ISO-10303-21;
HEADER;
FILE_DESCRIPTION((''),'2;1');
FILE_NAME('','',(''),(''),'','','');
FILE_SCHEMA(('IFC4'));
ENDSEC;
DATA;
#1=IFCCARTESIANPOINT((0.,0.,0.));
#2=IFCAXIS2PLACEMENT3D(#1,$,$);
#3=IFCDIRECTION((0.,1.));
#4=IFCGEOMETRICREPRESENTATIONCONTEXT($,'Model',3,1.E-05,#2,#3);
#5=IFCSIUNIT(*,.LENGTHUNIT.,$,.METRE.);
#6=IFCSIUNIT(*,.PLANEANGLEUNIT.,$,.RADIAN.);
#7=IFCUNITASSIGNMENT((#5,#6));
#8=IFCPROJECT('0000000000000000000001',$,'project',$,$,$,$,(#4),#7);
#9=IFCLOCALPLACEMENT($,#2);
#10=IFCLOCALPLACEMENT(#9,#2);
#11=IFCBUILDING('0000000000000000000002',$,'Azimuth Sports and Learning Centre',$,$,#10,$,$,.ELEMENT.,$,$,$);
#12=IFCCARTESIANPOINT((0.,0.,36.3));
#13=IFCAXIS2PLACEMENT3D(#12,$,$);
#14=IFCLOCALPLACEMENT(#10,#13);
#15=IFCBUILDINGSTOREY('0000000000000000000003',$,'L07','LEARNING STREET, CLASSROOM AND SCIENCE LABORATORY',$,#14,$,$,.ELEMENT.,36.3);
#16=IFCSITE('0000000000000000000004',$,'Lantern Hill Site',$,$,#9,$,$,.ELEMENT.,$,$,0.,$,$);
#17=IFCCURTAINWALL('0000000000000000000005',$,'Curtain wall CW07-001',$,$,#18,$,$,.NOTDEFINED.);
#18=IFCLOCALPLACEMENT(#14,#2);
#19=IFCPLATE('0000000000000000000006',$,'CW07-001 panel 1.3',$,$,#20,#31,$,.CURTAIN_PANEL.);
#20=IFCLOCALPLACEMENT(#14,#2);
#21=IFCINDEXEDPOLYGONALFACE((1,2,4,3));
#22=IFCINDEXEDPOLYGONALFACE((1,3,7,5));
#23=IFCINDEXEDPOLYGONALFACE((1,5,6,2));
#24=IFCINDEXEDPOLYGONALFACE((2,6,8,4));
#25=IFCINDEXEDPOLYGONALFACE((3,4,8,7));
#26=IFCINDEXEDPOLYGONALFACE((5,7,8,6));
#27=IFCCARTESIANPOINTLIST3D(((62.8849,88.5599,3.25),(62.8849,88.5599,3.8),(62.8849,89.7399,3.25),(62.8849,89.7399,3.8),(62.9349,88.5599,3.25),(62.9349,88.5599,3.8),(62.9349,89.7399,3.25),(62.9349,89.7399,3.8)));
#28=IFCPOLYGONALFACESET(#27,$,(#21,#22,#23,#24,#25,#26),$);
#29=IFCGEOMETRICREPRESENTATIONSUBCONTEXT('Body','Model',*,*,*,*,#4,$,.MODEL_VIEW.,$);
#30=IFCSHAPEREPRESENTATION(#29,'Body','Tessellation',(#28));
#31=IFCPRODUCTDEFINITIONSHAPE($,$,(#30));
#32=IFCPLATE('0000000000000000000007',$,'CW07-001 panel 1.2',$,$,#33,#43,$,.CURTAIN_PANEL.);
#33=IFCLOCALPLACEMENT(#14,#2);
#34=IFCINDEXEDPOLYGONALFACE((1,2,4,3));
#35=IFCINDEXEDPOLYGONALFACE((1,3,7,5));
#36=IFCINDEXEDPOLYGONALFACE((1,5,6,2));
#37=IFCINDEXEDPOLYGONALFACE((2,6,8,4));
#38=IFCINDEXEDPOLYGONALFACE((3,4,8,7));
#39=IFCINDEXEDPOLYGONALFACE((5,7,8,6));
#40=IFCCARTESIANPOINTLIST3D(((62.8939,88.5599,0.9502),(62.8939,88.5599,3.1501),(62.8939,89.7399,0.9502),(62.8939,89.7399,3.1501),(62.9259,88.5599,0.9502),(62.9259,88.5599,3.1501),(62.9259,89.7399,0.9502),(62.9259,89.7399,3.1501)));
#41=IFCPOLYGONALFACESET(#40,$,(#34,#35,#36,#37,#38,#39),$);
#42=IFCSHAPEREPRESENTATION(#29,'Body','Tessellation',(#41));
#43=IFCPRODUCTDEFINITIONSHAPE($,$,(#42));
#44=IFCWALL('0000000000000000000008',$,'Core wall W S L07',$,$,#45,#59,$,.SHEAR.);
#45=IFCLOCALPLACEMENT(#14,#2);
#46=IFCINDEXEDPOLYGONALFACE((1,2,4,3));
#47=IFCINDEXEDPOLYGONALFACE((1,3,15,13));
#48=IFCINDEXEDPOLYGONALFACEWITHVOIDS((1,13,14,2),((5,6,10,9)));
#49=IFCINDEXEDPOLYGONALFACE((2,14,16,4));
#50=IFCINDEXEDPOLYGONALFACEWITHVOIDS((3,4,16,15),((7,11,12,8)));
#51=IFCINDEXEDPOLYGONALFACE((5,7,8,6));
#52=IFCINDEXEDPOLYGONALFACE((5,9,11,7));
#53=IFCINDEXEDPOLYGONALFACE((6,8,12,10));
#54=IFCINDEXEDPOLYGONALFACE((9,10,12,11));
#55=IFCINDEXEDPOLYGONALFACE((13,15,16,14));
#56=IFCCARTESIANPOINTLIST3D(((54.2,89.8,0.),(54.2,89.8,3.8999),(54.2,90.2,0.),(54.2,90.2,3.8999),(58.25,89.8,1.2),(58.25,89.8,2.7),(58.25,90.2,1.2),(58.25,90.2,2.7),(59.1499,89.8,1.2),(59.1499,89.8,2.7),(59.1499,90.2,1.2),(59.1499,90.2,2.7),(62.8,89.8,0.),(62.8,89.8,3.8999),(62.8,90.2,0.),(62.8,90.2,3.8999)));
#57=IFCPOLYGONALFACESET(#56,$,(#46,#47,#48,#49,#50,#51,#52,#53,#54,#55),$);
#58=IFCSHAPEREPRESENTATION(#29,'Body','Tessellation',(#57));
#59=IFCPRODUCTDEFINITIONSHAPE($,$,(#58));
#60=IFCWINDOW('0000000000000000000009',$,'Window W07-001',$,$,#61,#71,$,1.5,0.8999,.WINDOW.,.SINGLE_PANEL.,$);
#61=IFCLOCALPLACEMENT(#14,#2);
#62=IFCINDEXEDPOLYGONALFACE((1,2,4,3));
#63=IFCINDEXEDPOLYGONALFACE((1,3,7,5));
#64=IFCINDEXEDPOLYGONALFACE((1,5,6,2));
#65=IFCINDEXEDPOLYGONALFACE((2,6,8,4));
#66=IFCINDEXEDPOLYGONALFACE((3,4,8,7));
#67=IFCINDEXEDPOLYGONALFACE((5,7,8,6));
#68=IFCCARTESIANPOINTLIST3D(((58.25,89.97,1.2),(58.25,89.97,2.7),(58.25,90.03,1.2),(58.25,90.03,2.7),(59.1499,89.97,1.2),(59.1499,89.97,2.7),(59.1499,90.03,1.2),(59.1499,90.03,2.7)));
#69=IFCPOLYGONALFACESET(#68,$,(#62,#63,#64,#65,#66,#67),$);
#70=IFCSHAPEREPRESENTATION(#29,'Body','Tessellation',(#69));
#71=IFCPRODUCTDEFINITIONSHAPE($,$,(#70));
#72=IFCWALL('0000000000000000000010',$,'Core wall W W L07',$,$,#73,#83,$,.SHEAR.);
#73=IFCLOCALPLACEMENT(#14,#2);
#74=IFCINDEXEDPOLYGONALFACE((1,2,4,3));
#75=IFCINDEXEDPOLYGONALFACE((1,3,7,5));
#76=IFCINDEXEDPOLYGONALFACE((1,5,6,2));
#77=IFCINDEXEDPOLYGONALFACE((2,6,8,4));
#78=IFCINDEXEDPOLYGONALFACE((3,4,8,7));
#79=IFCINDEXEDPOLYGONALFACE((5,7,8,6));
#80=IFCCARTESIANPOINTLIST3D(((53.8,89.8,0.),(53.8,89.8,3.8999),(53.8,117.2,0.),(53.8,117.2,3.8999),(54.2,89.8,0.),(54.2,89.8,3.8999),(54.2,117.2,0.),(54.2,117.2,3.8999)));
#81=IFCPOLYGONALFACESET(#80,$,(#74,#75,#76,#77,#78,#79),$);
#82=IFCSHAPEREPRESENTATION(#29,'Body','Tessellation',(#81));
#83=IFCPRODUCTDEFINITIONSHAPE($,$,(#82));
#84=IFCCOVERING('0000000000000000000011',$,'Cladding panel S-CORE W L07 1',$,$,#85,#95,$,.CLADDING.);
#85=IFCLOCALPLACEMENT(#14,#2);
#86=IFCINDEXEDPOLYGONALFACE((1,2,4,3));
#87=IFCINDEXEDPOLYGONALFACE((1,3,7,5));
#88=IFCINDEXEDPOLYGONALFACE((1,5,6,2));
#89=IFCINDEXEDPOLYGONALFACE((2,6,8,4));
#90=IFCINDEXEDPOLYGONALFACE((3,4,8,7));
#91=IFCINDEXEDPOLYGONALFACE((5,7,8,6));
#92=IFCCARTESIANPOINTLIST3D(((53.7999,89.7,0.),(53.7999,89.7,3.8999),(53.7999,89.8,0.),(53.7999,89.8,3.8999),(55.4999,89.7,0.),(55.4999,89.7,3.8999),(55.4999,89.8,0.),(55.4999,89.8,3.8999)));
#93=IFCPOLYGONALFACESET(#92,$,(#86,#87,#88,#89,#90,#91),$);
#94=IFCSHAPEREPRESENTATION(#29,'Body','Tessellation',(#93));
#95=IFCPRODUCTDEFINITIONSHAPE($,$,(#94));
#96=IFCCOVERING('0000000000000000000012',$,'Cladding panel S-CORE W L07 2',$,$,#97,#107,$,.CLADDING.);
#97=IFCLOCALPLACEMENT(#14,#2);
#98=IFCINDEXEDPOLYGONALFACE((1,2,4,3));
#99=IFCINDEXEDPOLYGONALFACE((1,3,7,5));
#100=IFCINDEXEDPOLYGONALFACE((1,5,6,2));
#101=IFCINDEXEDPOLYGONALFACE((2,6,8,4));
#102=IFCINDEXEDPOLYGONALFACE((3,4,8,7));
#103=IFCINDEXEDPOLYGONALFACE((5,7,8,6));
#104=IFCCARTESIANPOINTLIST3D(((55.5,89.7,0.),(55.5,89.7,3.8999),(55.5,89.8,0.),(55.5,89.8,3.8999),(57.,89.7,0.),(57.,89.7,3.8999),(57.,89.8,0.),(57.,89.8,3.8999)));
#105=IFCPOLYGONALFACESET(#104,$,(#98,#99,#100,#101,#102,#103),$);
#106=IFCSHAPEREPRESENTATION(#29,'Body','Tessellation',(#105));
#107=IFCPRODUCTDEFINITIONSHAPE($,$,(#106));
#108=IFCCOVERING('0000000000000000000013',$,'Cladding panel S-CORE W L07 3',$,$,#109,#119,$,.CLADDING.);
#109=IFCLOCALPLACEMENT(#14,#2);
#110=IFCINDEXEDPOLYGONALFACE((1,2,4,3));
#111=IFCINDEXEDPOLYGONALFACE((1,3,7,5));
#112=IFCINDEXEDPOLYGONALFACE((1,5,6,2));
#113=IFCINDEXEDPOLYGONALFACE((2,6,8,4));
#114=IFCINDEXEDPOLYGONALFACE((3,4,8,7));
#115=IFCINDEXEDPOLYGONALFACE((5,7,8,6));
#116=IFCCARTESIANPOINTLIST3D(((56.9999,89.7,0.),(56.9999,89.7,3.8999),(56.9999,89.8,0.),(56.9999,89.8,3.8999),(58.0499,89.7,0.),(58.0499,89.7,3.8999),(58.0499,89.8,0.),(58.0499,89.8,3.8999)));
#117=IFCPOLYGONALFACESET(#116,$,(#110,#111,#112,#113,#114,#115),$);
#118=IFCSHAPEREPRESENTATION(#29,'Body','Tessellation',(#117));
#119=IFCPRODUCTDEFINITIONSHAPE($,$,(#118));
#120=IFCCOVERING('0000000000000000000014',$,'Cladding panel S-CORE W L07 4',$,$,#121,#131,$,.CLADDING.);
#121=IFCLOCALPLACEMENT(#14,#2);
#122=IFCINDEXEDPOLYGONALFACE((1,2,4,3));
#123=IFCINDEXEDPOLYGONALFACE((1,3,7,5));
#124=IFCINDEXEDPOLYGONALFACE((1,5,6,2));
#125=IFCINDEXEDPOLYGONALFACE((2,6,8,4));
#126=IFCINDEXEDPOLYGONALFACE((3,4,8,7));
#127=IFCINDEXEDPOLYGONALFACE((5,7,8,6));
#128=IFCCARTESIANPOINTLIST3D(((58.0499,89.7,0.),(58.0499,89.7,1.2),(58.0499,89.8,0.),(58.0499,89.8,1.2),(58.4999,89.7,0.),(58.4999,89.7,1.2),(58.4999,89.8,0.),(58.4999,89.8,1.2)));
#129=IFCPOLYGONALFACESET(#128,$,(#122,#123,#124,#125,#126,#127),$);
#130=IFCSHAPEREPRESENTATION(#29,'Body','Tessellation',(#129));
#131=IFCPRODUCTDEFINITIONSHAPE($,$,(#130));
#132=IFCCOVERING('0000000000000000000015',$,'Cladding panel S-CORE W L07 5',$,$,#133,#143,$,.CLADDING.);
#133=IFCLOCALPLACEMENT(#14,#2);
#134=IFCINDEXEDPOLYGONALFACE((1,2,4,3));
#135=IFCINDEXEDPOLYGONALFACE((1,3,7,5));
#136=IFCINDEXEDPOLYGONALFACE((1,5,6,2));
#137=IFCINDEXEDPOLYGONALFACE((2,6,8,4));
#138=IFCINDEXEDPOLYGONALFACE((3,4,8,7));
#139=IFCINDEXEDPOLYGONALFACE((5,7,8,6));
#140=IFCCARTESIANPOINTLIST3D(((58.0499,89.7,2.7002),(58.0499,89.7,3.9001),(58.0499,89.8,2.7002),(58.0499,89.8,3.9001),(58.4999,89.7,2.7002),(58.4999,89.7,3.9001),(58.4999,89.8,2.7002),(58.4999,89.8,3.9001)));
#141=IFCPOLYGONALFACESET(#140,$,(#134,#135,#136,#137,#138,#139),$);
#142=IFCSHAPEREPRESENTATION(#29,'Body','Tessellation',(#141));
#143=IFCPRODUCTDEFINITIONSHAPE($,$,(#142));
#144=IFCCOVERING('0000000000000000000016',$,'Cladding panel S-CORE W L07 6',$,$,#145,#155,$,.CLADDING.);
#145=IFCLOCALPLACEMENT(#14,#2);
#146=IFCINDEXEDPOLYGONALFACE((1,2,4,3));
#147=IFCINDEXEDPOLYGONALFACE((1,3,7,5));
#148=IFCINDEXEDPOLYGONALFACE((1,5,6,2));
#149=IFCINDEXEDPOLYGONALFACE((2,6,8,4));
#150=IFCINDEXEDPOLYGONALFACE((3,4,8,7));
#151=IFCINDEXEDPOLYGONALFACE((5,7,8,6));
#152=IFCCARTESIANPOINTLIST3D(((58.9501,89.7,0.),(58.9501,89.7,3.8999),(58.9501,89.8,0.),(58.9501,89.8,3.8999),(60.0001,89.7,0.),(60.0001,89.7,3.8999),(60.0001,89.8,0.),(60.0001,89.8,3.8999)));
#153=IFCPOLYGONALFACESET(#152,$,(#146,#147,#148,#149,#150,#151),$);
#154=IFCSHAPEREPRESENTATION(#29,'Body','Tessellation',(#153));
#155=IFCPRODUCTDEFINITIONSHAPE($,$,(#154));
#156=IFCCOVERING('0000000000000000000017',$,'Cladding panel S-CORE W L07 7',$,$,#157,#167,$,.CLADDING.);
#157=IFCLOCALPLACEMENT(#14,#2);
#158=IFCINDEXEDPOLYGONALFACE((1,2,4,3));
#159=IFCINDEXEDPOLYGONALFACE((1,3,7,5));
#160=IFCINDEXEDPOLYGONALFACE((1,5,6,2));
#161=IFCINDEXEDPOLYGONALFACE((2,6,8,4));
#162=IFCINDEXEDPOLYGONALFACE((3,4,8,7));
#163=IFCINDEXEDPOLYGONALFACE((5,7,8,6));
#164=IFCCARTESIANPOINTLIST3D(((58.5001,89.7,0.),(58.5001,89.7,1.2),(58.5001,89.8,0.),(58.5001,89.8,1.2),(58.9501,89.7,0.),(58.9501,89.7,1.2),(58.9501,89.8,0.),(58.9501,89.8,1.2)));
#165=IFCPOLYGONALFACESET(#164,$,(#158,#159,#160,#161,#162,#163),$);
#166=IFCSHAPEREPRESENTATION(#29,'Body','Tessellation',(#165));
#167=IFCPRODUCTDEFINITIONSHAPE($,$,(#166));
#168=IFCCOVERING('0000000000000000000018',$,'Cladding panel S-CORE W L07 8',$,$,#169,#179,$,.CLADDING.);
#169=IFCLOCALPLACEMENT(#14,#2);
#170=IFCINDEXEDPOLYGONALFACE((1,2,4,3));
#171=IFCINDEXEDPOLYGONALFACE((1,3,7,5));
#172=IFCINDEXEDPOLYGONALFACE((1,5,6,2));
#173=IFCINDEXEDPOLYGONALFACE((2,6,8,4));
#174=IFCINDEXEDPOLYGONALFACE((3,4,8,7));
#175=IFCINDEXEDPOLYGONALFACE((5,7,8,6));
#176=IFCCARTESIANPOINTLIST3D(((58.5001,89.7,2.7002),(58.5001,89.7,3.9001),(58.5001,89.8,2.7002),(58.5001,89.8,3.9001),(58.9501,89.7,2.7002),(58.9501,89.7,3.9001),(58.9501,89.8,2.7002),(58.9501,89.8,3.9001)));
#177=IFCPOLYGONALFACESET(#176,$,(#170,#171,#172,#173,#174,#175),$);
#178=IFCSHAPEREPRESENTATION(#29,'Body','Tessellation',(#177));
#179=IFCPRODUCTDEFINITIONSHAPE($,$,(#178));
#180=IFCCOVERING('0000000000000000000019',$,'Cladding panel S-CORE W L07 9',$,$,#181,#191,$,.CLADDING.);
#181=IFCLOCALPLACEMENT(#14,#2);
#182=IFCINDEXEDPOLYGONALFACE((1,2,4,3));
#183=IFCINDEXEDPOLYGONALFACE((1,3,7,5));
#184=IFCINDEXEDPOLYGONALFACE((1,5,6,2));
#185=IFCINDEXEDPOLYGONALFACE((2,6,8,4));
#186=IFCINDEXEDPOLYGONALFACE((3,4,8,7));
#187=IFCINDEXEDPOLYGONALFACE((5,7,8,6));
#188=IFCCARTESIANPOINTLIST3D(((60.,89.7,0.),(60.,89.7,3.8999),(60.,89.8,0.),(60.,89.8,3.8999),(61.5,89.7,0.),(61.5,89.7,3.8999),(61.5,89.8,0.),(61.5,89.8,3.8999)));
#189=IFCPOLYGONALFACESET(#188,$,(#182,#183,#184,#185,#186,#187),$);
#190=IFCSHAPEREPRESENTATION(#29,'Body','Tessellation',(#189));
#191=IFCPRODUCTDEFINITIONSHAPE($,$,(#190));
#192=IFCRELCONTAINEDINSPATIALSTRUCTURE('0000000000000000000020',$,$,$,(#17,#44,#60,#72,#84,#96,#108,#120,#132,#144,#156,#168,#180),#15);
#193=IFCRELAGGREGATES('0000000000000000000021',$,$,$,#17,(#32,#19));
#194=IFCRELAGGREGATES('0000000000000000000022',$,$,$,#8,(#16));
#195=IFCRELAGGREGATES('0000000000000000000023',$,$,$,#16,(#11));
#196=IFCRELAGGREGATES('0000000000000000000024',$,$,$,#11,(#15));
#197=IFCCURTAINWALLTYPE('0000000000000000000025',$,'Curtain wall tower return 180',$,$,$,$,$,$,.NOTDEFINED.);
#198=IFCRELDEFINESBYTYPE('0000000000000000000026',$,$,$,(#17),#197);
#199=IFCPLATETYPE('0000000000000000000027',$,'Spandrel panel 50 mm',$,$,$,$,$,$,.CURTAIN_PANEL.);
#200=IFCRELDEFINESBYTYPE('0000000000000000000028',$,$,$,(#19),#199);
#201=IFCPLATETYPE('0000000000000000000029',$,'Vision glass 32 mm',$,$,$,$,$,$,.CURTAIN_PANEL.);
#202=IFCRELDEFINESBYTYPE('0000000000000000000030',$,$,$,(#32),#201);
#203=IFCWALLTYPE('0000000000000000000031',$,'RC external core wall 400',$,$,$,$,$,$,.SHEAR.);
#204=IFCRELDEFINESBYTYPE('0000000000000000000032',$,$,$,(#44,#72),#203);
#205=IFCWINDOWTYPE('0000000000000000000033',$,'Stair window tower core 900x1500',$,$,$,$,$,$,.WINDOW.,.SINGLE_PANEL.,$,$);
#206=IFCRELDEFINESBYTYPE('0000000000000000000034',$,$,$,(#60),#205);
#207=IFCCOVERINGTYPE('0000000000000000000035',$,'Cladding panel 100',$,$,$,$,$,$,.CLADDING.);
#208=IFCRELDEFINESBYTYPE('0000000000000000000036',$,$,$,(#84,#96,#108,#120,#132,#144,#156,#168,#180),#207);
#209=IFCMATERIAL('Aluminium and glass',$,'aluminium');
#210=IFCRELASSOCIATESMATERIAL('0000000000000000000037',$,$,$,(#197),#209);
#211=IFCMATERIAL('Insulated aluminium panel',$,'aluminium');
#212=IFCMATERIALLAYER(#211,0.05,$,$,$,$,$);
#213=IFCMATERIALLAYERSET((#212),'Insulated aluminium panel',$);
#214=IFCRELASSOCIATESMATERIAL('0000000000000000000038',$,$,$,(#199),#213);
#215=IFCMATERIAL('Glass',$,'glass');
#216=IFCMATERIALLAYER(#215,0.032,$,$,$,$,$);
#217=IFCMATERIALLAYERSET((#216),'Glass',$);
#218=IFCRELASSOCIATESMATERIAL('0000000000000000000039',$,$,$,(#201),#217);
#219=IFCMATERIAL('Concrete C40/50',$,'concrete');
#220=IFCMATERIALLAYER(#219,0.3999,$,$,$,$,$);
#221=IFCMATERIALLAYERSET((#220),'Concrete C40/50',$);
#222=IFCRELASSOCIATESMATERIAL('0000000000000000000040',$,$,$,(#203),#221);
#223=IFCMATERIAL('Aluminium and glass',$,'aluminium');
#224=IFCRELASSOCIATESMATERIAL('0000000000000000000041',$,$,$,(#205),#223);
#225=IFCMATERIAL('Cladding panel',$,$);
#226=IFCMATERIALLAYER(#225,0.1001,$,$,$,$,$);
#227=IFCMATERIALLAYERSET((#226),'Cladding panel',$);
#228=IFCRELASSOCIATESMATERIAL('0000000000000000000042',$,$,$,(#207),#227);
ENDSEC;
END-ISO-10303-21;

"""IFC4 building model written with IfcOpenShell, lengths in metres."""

from ifc_helpers import new_model, si_unit, direction, frame, frame_2d, origin, origin_2d, place, context, subcontext, project, spatial, rectangle, extrude, material, layer, layer_set, type_object, element, fill, aggregate, save


model = new_model("IFC4")

# Units and contexts
model_context = context("Model", 3, precision=1e-05, world=origin(), true_north=direction((0.0, 1.0)))
body_context = subcontext(model_context, "Body", "Model", "MODEL_VIEW")
ifc_project = project(units=[si_unit("LENGTHUNIT", "METRE"), si_unit("PLANEANGLEUNIT", "RADIAN")], contexts=[model_context])

# Site, building, storey
site_placement = place(None, origin())
site = spatial("IfcSite", under=ifc_project, at=site_placement, Name="Lantern Hill Site", CompositionType="ELEMENT", RefElevation=0.0)
building_placement = place(site_placement, origin())
building = spatial("IfcBuilding", under=site, at=building_placement, Name="Azimuth Sports and Learning Centre", CompositionType="ELEMENT")
storey_placement = place(building_placement, frame((0.0, 0.0, 36.3)))
storey = spatial("IfcBuildingStorey", under=building, at=storey_placement, Name="L07", Description="LEARNING STREET, CLASSROOM AND SCIENCE LABORATORY", CompositionType="ELEMENT", Elevation=36.3)

# Curtain wall, plates
ifc_material_1 = material(Name="Aluminium and glass", Category="aluminium")
curtain_wall_type = type_object("IfcCurtainWallType", Name="Curtain wall tower return 180", PredefinedType="NOTDEFINED", material=ifc_material_1)
curtain_wall_placement = place(storey_placement, origin())
curtain_wall = element("IfcCurtainWall", 1, at=curtain_wall_placement, inside=storey, type_object=curtain_wall_type, Name="Curtain wall CW07-001", PredefinedType="NOTDEFINED")
ifc_material_2 = material(Name="Insulated aluminium panel", Category="aluminium")
ifc_layer_1 = layer(ifc_material_2, 0.05)
ifc_layer_set_1 = layer_set([ifc_layer_1], Name="Insulated aluminium panel")
plate_type_1 = type_object("IfcPlateType", Name="Spandrel panel 50 mm", PredefinedType="CURTAIN_PANEL", material=ifc_layer_set_1)
plate_1_placement = place(storey_placement, frame((62.9099, 89.1499, 3.25), z_axis=(0.0, 0.0, 1.0), x_axis=(0.0, -1.0, 0.0)))
plate_1 = element("IfcPlate", 2, at=plate_1_placement, type_object=plate_type_1, Name="CW07-001 panel 1.3", PredefinedType="CURTAIN_PANEL", context=body_context, shape_type="SweptSolid", body=[
    extrude(rectangle(XDim=1.1799, YDim=0.05, at=origin_2d()), origin(), (0.0, 0.0, 1.0), 0.55),
])
ifc_material_3 = material(Name="Glass", Category="glass")
ifc_layer_2 = layer(ifc_material_3, 0.032)
ifc_layer_set_2 = layer_set([ifc_layer_2], Name="Glass")
plate_type_2 = type_object("IfcPlateType", Name="Vision glass 32 mm", PredefinedType="CURTAIN_PANEL", material=ifc_layer_set_2)
plate_2_placement = place(storey_placement, frame((62.9099, 89.1499, 0.9502), z_axis=(0.0, 0.0, 1.0), x_axis=(0.0, -1.0, 0.0)))
plate_2 = element("IfcPlate", 3, at=plate_2_placement, type_object=plate_type_2, Name="CW07-001 panel 1.2", PredefinedType="CURTAIN_PANEL", context=body_context, shape_type="SweptSolid", body=[
    extrude(rectangle(XDim=1.1799, YDim=0.032, at=origin_2d()), origin(), (0.0, 0.0, 1.0), 2.2),
])
aggregate(curtain_wall, [plate_2, plate_1])

# Wall, opening, window
ifc_material_4 = material(Name="Concrete C40/50", Category="concrete")
ifc_layer_3 = layer(ifc_material_4, 0.3999)
ifc_layer_set_3 = layer_set([ifc_layer_3], Name="Concrete C40/50")
wall_type = type_object("IfcWallType", Name="RC external core wall 400", PredefinedType="SHEAR", material=ifc_layer_set_3)
wall_1_placement = place(storey_placement, frame((54.2, 90.0, 0.0), z_axis=(0.0, 0.0, 1.0), x_axis=(1.0, 0.0, 0.0)))
wall_1 = element("IfcWall", 4, at=wall_1_placement, inside=storey, type_object=wall_type, Name="Core wall W S L07", PredefinedType="SHEAR", context=body_context, shape_type="SweptSolid", body=[
    extrude(rectangle(XDim=8.6001, YDim=0.3999, at=frame_2d((4.3, 0.0))), origin(), (0.0, 0.0, 1.0), 3.8999),
])
opening_placement = place(wall_1_placement, frame((4.05, 0.0, 1.2)))
opening = element("IfcOpeningElement", 5, at=opening_placement, cuts=wall_1, PredefinedType="OPENING", context=body_context, shape_type="SweptSolid", body=[
    extrude(rectangle(XDim=0.8999, YDim=1.5, at=frame_2d((0.45, 0.75))), frame((0.0, 0.2109, 0.0), z_axis=(0.0, -1.0, 0.0), x_axis=(1.0, 0.0, 0.0)), (0.0, 0.0, 1.0), 0.4219),
])
ifc_material_5 = material(Name="Aluminium and glass", Category="aluminium")
window_type = type_object("IfcWindowType", Name="Stair window tower core 900x1500", PartitioningType="SINGLE_PANEL", PredefinedType="WINDOW", material=ifc_material_5)
window_placement = place(opening_placement, origin())
window = element("IfcWindow", 6, at=window_placement, inside=storey, type_object=window_type, Name="Window W07-001", OverallHeight=1.5, OverallWidth=0.8999, PartitioningType="SINGLE_PANEL", PredefinedType="WINDOW", context=body_context, shape_type="SweptSolid", body=[
    extrude(rectangle(XDim=0.8999, YDim=1.5, at=frame_2d((0.45, 0.75))), frame((0.0, 0.03, 0.0), z_axis=(0.0, -1.0, 0.0), x_axis=(1.0, 0.0, 0.0)), (0.0, 0.0, 1.0), 0.0601),
])
fill(opening, window)

# Wall
wall_2_placement = place(storey_placement, frame((54.0, 89.8, 0.0), z_axis=(0.0, 0.0, 1.0), x_axis=(0.0, 1.0, 0.0)))
element("IfcWall", 7, at=wall_2_placement, inside=storey, type_object=wall_type, Name="Core wall W W L07", PredefinedType="SHEAR", context=body_context, shape_type="SweptSolid", body=[
    extrude(rectangle(XDim=27.3999, YDim=0.3999, at=frame_2d((13.7, 0.0))), origin(), (0.0, 0.0, 1.0), 3.8999),
])

# Coverings
ifc_material_6 = material(Name="Cladding panel")
ifc_layer_4 = layer(ifc_material_6, 0.1001)
ifc_layer_set_4 = layer_set([ifc_layer_4], Name="Cladding panel")
covering_type = type_object("IfcCoveringType", Name="Cladding panel 100", PredefinedType="CLADDING", material=ifc_layer_set_4)
covering_1_placement = place(storey_placement, frame((54.6499, 89.75, 0.0), z_axis=(0.0, 0.0, 1.0), x_axis=(1.0, 0.0, 0.0)))
element("IfcCovering", 8, at=covering_1_placement, inside=storey, type_object=covering_type, Name="Cladding panel S-CORE W L07 1", PredefinedType="CLADDING", context=body_context, shape_type="SweptSolid", body=[
    extrude(rectangle(XDim=1.7, YDim=0.1001, at=origin_2d()), origin(), (0.0, 0.0, 1.0), 3.8999),
])
covering_2_placement = place(storey_placement, frame((56.25, 89.75, 0.0), z_axis=(0.0, 0.0, 1.0), x_axis=(1.0, 0.0, 0.0)))
element("IfcCovering", 9, at=covering_2_placement, inside=storey, type_object=covering_type, Name="Cladding panel S-CORE W L07 2", PredefinedType="CLADDING", context=body_context, shape_type="SweptSolid", body=[
    extrude(rectangle(XDim=1.5, YDim=0.1001, at=origin_2d()), origin(), (0.0, 0.0, 1.0), 3.8999),
])
covering_3_placement = place(storey_placement, frame((57.5249, 89.75, 0.0), z_axis=(0.0, 0.0, 1.0), x_axis=(1.0, 0.0, 0.0)))
element("IfcCovering", 10, at=covering_3_placement, inside=storey, type_object=covering_type, Name="Cladding panel S-CORE W L07 3", PredefinedType="CLADDING", context=body_context, shape_type="SweptSolid", body=[
    extrude(rectangle(XDim=1.05, YDim=0.1001, at=origin_2d()), origin(), (0.0, 0.0, 1.0), 3.8999),
])
for number, where, z_axis, x_axis, name in (
    (11, (58.2749, 89.75, 0.0), (0.0, 0.0, 1.0), (1.0, 0.0, 0.0), "Cladding panel S-CORE W L07 4"),
    (12, (58.2749, 89.75, 2.7002), (0.0, 0.0, 1.0), (1.0, 0.0, 0.0), "Cladding panel S-CORE W L07 5"),
):
    element("IfcCovering", number, at=place(storey_placement, frame(where, z_axis=z_axis, x_axis=x_axis)), inside=storey, type_object=covering_type, Name=name, PredefinedType="CLADDING", context=body_context, shape_type="SweptSolid", body=[
        extrude(rectangle(XDim=0.45, YDim=0.1001, at=origin_2d()), origin(), (0.0, 0.0, 1.0), 1.2),
    ])
covering_4_placement = place(storey_placement, frame((59.4751, 89.75, 0.0), z_axis=(0.0, 0.0, 1.0), x_axis=(1.0, 0.0, 0.0)))
element("IfcCovering", 13, at=covering_4_placement, inside=storey, type_object=covering_type, Name="Cladding panel S-CORE W L07 6", PredefinedType="CLADDING", context=body_context, shape_type="SweptSolid", body=[
    extrude(rectangle(XDim=1.05, YDim=0.1001, at=origin_2d()), origin(), (0.0, 0.0, 1.0), 3.8999),
])
for number, where, z_axis, x_axis, name in (
    (14, (58.7251, 89.75, 0.0), (0.0, 0.0, 1.0), (1.0, 0.0, 0.0), "Cladding panel S-CORE W L07 7"),
    (15, (58.7251, 89.75, 2.7002), (0.0, 0.0, 1.0), (1.0, 0.0, 0.0), "Cladding panel S-CORE W L07 8"),
):
    element("IfcCovering", number, at=place(storey_placement, frame(where, z_axis=z_axis, x_axis=x_axis)), inside=storey, type_object=covering_type, Name=name, PredefinedType="CLADDING", context=body_context, shape_type="SweptSolid", body=[
        extrude(rectangle(XDim=0.45, YDim=0.1001, at=origin_2d()), origin(), (0.0, 0.0, 1.0), 1.2),
    ])
covering_5_placement = place(storey_placement, frame((60.75, 89.75, 0.0), z_axis=(0.0, 0.0, 1.0), x_axis=(1.0, 0.0, 0.0)))
element("IfcCovering", 16, at=covering_5_placement, inside=storey, type_object=covering_type, Name="Cladding panel S-CORE W L07 9", PredefinedType="CLADDING", context=body_context, shape_type="SweptSolid", body=[
    extrude(rectangle(XDim=1.5, YDim=0.1001, at=origin_2d()), origin(), (0.0, 0.0, 1.0), 3.8999),
])

save(model, "model.ifc")
